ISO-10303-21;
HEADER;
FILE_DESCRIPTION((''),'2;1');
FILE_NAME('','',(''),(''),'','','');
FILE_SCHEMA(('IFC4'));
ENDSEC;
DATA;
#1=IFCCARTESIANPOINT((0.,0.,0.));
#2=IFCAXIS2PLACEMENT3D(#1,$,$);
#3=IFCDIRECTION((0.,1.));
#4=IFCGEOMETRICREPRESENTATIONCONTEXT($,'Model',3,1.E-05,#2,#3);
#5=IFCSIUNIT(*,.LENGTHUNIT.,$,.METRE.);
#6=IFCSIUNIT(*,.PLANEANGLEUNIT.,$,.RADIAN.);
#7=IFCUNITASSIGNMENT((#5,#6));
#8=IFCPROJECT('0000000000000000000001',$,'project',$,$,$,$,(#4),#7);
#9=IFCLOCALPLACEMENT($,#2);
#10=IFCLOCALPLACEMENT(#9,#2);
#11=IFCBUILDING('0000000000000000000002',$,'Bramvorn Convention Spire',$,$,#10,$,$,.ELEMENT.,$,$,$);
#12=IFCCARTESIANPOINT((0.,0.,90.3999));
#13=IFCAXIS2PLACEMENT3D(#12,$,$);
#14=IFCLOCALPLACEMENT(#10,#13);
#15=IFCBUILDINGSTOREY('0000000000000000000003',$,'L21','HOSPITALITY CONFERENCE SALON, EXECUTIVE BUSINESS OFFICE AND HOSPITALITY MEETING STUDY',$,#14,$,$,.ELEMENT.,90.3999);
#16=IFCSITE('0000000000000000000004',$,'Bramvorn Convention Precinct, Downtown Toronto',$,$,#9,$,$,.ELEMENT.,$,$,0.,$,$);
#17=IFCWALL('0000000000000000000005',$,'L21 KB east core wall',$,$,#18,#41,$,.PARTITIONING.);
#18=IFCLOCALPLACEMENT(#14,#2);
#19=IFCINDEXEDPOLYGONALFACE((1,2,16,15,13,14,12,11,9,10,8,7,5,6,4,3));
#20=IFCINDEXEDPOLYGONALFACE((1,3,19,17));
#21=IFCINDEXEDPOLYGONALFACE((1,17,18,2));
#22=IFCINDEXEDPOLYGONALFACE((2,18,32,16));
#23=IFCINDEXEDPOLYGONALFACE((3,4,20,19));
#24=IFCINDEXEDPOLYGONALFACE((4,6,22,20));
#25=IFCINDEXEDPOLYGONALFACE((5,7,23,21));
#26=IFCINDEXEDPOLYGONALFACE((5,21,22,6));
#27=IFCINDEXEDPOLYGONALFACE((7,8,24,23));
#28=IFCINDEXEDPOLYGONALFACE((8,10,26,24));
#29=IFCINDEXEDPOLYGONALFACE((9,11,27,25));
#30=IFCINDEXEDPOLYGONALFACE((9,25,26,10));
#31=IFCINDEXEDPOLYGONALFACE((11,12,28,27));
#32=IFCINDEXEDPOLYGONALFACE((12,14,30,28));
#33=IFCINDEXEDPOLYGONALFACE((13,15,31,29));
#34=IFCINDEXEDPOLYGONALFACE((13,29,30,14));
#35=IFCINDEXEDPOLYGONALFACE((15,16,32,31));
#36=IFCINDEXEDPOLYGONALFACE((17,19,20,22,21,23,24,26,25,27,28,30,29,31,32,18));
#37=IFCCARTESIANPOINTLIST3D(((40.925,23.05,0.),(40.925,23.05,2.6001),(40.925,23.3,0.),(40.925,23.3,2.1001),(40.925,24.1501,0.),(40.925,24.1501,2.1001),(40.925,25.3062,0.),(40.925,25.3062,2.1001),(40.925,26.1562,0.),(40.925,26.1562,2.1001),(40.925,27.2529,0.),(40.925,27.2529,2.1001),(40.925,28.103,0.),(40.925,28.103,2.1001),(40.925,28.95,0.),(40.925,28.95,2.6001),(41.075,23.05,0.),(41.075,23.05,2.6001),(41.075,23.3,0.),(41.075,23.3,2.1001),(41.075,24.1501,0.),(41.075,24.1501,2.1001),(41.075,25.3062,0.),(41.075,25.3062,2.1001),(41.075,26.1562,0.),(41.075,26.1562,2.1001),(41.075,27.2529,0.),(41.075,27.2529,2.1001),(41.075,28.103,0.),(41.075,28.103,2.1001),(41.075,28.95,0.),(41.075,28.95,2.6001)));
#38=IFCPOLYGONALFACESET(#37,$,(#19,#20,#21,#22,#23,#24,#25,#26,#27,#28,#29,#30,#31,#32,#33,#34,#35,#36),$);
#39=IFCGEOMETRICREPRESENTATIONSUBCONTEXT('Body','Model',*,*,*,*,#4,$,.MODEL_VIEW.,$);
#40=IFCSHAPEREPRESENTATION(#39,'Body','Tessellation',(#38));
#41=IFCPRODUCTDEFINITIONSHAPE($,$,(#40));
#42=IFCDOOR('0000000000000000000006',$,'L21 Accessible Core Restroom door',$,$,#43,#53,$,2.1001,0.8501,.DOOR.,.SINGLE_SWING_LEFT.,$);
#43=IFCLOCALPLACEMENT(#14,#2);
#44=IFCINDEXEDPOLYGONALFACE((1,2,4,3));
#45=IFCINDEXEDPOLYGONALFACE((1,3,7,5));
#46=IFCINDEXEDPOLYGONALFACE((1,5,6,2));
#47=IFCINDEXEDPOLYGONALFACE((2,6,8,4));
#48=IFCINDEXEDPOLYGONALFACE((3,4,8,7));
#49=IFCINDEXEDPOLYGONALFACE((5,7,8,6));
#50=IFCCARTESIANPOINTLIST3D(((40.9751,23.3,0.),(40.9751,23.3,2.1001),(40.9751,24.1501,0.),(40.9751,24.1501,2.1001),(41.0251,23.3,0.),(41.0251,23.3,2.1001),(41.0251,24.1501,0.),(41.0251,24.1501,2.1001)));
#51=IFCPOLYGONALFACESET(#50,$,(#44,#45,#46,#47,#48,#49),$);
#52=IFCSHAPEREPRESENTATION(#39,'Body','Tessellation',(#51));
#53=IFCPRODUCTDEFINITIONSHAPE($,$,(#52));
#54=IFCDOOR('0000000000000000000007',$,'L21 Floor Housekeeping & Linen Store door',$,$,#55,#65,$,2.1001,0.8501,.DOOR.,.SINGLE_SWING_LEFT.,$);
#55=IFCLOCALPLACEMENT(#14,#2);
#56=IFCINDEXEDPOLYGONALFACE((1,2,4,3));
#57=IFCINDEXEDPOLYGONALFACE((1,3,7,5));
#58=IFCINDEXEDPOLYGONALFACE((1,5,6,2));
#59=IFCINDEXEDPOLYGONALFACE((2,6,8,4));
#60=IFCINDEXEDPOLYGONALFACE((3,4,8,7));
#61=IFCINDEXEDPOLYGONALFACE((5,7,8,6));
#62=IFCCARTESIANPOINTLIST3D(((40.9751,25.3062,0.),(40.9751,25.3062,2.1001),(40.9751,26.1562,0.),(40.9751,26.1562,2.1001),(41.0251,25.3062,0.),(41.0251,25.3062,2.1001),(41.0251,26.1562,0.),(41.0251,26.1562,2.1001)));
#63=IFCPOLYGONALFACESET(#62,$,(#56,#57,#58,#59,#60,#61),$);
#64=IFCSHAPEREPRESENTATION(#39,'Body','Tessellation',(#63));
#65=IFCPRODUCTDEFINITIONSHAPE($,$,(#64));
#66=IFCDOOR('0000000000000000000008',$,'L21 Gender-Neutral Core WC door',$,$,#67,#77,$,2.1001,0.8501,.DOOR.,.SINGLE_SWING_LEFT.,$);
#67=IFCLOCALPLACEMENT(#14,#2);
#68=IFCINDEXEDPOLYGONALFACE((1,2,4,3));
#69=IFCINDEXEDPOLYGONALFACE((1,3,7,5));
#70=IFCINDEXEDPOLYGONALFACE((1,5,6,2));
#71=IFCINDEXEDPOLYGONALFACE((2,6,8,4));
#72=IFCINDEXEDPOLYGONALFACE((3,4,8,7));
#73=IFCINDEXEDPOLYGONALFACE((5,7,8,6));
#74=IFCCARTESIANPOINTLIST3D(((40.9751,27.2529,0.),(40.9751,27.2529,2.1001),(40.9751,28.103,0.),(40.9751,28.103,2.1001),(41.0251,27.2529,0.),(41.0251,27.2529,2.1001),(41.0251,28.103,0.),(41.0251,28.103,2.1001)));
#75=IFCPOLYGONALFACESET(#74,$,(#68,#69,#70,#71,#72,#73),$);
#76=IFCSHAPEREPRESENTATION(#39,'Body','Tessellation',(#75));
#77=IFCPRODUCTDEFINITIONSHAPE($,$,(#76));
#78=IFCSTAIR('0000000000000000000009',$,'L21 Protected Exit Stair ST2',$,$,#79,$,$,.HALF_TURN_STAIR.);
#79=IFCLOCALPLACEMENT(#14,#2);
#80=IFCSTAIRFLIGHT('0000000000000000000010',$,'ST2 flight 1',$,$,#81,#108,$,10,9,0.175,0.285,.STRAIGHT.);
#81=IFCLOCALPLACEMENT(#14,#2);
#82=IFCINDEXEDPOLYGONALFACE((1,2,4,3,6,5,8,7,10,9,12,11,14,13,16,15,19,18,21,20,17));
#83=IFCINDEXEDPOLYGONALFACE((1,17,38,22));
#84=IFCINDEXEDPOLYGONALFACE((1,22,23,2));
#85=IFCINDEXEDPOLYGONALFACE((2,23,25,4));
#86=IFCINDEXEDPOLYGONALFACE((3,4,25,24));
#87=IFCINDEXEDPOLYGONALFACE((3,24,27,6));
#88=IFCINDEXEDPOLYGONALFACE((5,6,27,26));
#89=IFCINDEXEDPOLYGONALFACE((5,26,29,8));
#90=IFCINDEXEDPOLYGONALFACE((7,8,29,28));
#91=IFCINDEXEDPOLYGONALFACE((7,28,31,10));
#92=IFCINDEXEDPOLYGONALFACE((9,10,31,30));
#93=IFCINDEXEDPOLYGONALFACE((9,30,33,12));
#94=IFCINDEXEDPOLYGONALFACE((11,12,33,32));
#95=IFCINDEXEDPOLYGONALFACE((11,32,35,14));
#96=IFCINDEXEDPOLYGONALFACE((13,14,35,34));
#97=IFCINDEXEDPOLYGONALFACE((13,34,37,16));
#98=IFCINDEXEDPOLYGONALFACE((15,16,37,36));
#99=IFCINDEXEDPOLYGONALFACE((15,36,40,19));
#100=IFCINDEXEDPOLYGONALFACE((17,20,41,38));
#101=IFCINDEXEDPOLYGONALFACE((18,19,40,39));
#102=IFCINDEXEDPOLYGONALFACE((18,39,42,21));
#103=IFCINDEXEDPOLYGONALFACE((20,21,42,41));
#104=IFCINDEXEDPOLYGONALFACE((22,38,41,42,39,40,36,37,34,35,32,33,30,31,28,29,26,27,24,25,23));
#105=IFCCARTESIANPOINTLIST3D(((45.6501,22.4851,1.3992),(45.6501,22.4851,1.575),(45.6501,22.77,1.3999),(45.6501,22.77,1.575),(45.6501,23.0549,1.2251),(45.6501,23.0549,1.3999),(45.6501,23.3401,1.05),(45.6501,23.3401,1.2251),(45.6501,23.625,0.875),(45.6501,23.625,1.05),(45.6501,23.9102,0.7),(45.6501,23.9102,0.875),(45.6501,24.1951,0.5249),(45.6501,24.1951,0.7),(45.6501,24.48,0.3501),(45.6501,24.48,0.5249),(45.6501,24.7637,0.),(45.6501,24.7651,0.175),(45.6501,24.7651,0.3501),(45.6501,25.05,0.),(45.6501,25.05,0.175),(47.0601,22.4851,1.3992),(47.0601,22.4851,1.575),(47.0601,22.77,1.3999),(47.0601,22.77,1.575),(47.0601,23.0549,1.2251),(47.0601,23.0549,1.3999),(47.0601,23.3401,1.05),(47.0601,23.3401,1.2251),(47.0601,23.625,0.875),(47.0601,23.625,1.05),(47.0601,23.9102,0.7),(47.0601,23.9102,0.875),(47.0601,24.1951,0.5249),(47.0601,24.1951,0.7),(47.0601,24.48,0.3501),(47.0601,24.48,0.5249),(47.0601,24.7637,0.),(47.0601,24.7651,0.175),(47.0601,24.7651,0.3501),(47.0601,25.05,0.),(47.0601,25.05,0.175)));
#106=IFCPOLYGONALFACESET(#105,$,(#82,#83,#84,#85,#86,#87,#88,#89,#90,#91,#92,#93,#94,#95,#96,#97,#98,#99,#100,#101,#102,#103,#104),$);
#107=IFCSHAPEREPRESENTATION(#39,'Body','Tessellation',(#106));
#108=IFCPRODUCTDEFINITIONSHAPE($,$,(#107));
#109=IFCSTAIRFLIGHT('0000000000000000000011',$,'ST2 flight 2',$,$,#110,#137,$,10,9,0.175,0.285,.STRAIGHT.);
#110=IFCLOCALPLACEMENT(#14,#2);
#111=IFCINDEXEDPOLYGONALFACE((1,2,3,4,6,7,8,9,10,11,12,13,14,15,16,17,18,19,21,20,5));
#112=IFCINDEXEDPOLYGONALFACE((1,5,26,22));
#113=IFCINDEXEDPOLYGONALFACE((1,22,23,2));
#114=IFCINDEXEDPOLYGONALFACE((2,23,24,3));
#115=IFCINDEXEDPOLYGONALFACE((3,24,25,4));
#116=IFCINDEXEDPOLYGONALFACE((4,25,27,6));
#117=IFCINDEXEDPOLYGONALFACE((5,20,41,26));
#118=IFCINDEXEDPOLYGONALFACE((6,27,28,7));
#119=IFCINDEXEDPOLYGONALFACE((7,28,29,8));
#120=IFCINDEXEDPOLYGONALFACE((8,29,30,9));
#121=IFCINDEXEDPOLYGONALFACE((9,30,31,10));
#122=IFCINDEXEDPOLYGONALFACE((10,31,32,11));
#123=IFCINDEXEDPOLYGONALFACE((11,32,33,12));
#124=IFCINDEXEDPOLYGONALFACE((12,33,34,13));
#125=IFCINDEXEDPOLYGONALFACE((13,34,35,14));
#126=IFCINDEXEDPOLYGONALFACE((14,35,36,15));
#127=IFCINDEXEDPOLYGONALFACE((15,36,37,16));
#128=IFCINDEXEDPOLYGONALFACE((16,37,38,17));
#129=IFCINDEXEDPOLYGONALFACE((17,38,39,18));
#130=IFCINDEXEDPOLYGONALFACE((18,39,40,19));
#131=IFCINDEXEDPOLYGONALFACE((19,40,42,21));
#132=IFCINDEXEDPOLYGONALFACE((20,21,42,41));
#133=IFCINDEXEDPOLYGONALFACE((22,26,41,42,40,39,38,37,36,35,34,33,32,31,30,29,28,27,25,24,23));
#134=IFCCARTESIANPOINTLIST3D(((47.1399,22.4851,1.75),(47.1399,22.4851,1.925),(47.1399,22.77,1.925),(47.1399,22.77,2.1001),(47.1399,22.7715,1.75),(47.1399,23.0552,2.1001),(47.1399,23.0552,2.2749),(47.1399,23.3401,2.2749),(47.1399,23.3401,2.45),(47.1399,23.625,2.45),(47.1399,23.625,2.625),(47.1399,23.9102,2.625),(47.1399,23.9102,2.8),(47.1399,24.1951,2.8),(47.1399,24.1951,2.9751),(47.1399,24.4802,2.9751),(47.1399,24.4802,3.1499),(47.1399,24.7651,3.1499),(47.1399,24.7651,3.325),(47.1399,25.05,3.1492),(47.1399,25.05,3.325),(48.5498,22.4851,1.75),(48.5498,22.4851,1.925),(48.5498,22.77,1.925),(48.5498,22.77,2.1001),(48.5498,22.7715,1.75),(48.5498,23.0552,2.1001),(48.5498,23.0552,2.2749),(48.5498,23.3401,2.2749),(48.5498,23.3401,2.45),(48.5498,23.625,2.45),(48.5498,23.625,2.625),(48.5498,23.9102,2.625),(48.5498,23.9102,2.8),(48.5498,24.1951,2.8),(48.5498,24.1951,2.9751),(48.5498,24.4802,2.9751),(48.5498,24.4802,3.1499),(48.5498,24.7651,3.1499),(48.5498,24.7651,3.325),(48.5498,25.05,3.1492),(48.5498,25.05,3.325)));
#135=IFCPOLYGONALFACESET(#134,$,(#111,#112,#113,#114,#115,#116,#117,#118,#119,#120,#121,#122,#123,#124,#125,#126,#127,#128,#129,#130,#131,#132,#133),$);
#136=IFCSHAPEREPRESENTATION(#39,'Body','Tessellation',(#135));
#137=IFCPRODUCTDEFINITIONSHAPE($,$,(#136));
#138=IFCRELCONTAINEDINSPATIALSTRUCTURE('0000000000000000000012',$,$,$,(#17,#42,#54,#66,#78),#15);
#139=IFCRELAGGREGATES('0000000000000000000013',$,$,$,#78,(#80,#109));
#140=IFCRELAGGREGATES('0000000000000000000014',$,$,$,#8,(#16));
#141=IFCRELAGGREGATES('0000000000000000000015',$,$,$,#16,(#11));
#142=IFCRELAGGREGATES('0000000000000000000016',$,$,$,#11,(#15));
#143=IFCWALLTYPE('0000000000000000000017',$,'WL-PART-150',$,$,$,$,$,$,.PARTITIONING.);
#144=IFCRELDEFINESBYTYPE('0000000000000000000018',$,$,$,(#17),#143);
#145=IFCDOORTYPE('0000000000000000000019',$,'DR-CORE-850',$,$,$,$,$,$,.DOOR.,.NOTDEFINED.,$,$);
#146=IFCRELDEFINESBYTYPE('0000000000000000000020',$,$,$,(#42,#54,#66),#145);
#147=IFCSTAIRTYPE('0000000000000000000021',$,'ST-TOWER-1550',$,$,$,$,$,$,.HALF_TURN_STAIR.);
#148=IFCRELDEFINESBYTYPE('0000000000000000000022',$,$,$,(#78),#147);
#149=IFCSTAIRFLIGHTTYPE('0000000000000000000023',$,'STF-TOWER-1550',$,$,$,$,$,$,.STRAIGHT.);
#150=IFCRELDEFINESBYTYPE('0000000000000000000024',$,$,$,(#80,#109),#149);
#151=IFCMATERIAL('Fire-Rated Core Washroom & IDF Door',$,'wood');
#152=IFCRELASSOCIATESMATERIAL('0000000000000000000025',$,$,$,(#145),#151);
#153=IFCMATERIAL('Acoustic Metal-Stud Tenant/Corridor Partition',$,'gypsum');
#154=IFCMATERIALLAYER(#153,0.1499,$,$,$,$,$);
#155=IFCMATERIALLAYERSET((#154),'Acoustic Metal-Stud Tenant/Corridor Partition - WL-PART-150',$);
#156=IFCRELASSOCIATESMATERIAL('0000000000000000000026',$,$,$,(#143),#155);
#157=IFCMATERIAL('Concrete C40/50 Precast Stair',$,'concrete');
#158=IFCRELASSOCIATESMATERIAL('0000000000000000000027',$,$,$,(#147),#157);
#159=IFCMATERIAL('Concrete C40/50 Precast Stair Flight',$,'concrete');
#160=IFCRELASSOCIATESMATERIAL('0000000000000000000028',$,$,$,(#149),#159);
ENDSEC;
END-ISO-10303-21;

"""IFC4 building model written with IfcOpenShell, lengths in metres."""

from ifc_helpers import new_model, si_unit, direction, frame, frame_2d, origin, place, context, subcontext, project, spatial, polyline, rectangle, outline, extrude, material, layer, layer_set, type_object, element, fill, aggregate, save


model = new_model("IFC4")

# Units and contexts
model_context = context("Model", 3, precision=1e-05, world=origin(), true_north=direction((0.0, 1.0)))
body_context = subcontext(model_context, "Body", "Model", "MODEL_VIEW")
ifc_project = project(units=[si_unit("LENGTHUNIT", "METRE"), si_unit("PLANEANGLEUNIT", "RADIAN")], contexts=[model_context])

# Site, building, storey
site_placement = place(None, origin())
site = spatial("IfcSite", under=ifc_project, at=site_placement, Name="Bramvorn Convention Precinct, Downtown Toronto", CompositionType="ELEMENT", RefElevation=0.0)
building_placement = place(site_placement, origin())
building = spatial("IfcBuilding", under=site, at=building_placement, Name="Bramvorn Convention Spire", CompositionType="ELEMENT")
storey_placement = place(building_placement, frame((0.0, 0.0, 90.3999)))
storey = spatial("IfcBuildingStorey", under=building, at=storey_placement, Name="L21", Description="HOSPITALITY CONFERENCE SALON, EXECUTIVE BUSINESS OFFICE AND HOSPITALITY MEETING STUDY", CompositionType="ELEMENT", Elevation=90.3999)

# Shared definitions
ifc_material_1 = material(Name="Fire-Rated Core Washroom & IDF Door", Category="wood")
door_type_1 = type_object("IfcDoorType", Name="DR-CORE-850", OperationType="NOTDEFINED", PredefinedType="DOOR", material=ifc_material_1)

# Shared definitions
ifc_material_2 = material(Name="Acoustic Metal-Stud Tenant/Corridor Partition", Category="gypsum")
ifc_layer_1 = layer(ifc_material_2, 0.1499)
ifc_layer_set_1 = layer_set([ifc_layer_1], Name="Acoustic Metal-Stud Tenant/Corridor Partition - WL-PART-150")
wall_type_1 = type_object("IfcWallType", Name="WL-PART-150", PredefinedType="PARTITIONING", material=ifc_layer_set_1)

# Wall, openings, doors
wall_1_placement = place(storey_placement, frame((41.0, 23.05, 0.0), z_axis=(0.0, 0.0, 1.0), x_axis=(0.0, 1.0, 0.0)))
wall_1 = element("IfcWall", 1, at=wall_1_placement, inside=storey, type_object=wall_type_1, Name="L21 KB east core wall", PredefinedType="PARTITIONING", context=body_context, shape_type="SweptSolid", body=[
    extrude(rectangle(XDim=5.8999, YDim=0.1499, at=frame_2d((2.95, 0.0))), origin(), (0.0, 0.0, 1.0), 2.6001),
])
opening_1_placement = place(wall_1_placement, frame((0.25, 0.0, 0.0)))
opening_1 = element("IfcOpeningElement", 2, at=opening_1_placement, cuts=wall_1, PredefinedType="OPENING", context=body_context, shape_type="SweptSolid", body=[
    extrude(rectangle(XDim=0.8501, YDim=2.1001, at=frame_2d((0.425, 1.05))), frame((0.0, 0.085, 0.0), z_axis=(0.0, -1.0, 0.0), x_axis=(1.0, 0.0, 0.0)), (0.0, 0.0, 1.0), 0.1699),
])
opening_2_placement = place(wall_1_placement, frame((2.2561, 0.0, 0.0)))
opening_2 = element("IfcOpeningElement", 3, at=opening_2_placement, cuts=wall_1, PredefinedType="OPENING", context=body_context, shape_type="SweptSolid", body=[
    extrude(rectangle(XDim=0.8501, YDim=2.1001, at=frame_2d((0.425, 1.05))), frame((0.0, 0.085, 0.0), z_axis=(0.0, -1.0, 0.0), x_axis=(1.0, 0.0, 0.0)), (0.0, 0.0, 1.0), 0.1699),
])
opening_3_placement = place(wall_1_placement, frame((4.2029, 0.0, 0.0)))
opening_3 = element("IfcOpeningElement", 4, at=opening_3_placement, cuts=wall_1, PredefinedType="OPENING", context=body_context, shape_type="SweptSolid", body=[
    extrude(rectangle(XDim=0.8501, YDim=2.1001, at=frame_2d((0.425, 1.05))), frame((0.0, 0.085, 0.0), z_axis=(0.0, -1.0, 0.0), x_axis=(1.0, 0.0, 0.0)), (0.0, 0.0, 1.0), 0.1699),
])
door_1_placement = place(opening_1_placement, origin())
door_1 = element("IfcDoor", 5, at=door_1_placement, inside=storey, type_object=door_type_1, Name="L21 Accessible Core Restroom door", OperationType="SINGLE_SWING_LEFT", OverallHeight=2.1001, OverallWidth=0.8501, PredefinedType="DOOR", context=body_context, shape_type="SweptSolid", body=[
    extrude(rectangle(XDim=0.8501, YDim=2.1001, at=frame_2d((0.425, 1.05))), frame((0.0, 0.0249, 0.0), z_axis=(0.0, -1.0, 0.0), x_axis=(1.0, 0.0, 0.0)), (0.0, 0.0, 1.0), 0.05),
])
fill(opening_1, door_1)
door_2_placement = place(opening_2_placement, origin())
door_2 = element("IfcDoor", 6, at=door_2_placement, inside=storey, type_object=door_type_1, Name="L21 Floor Housekeeping & Linen Store door", OperationType="SINGLE_SWING_LEFT", OverallHeight=2.1001, OverallWidth=0.8501, PredefinedType="DOOR", context=body_context, shape_type="SweptSolid", body=[
    extrude(rectangle(XDim=0.8501, YDim=2.1001, at=frame_2d((0.425, 1.05))), frame((0.0, 0.0249, 0.0), z_axis=(0.0, -1.0, 0.0), x_axis=(1.0, 0.0, 0.0)), (0.0, 0.0, 1.0), 0.05),
])
fill(opening_2, door_2)
door_3_placement = place(opening_3_placement, origin())
door_3 = element("IfcDoor", 7, at=door_3_placement, inside=storey, type_object=door_type_1, Name="L21 Gender-Neutral Core WC door", OperationType="SINGLE_SWING_LEFT", OverallHeight=2.1001, OverallWidth=0.8501, PredefinedType="DOOR", context=body_context, shape_type="SweptSolid", body=[
    extrude(rectangle(XDim=0.8501, YDim=2.1001, at=frame_2d((0.425, 1.05))), frame((0.0, 0.0249, 0.0), z_axis=(0.0, -1.0, 0.0), x_axis=(1.0, 0.0, 0.0)), (0.0, 0.0, 1.0), 0.05),
])
fill(opening_3, door_3)

# Stair, stair flights
ifc_material_3 = material(Name="Concrete C40/50 Precast Stair", Category="concrete")
stair_type = type_object("IfcStairType", Name="ST-TOWER-1550", PredefinedType="HALF_TURN_STAIR", material=ifc_material_3)
stair_placement = place(storey_placement, origin())
stair = element("IfcStair", 8, at=stair_placement, inside=storey, type_object=stair_type, Name="L21 Protected Exit Stair ST2", PredefinedType="HALF_TURN_STAIR")
ifc_material_4 = material(Name="Concrete C40/50 Precast Stair Flight", Category="concrete")
stair_flight_type = type_object("IfcStairFlightType", Name="STF-TOWER-1550", PredefinedType="STRAIGHT", material=ifc_material_4)
stair_flight_1_placement = place(storey_placement, frame((46.355, 25.05, 0.0), z_axis=(0.0, 0.0, 1.0), x_axis=(0.0, -1.0, 0.0)))
stair_flight_1 = element("IfcStairFlight", 9, at=stair_flight_1_placement, type_object=stair_flight_type, Name="ST2 flight 1", NumberOfRisers=10, NumberOfTreads=9, PredefinedType="STRAIGHT", RiserHeight=0.175, TreadLength=0.285, context=body_context, shape_type="SweptSolid", body=[
    extrude(outline(polyline([(0.0, 0.0), (0.0, 0.175), (0.2849, 0.175), (0.2849, 0.3501), (0.5701, 0.3501), (0.5701, 0.5249), (0.855, 0.5249), (0.855, 0.7), (1.1399, 0.7), (1.1399, 0.875), (1.425, 0.875), (1.425, 1.05), (1.71, 1.05), (1.71, 1.2251), (1.9951, 1.2251), (1.9951, 1.3999), (2.28, 1.3999), (2.28, 1.575), (2.5649, 1.575), (2.5649, 1.75), (2.5649, 1.3992), (0.2864, 0.0), (0.0, 0.0)])), frame((0.0, 0.7051, 0.0), z_axis=(0.0, -1.0, 0.0), x_axis=(1.0, 0.0, 0.0)), (0.0, 0.0, 1.0), 1.4099),
])
stair_flight_2_placement = place(storey_placement, frame((47.845, 22.4851, 1.75), z_axis=(0.0, 0.0, 1.0), x_axis=(0.0, 1.0, 0.0)))
stair_flight_2 = element("IfcStairFlight", 10, at=stair_flight_2_placement, type_object=stair_flight_type, Name="ST2 flight 2", NumberOfRisers=10, NumberOfTreads=9, PredefinedType="STRAIGHT", RiserHeight=0.175, TreadLength=0.285, context=body_context, shape_type="SweptSolid", body=[
    extrude(outline(polyline([(0.0, 0.0), (0.0, 0.175), (0.2849, 0.175), (0.2849, 0.3501), (0.5701, 0.3501), (0.5701, 0.5249), (0.855, 0.5249), (0.855, 0.7), (1.1399, 0.7), (1.1399, 0.875), (1.425, 0.875), (1.425, 1.05), (1.71, 1.05), (1.71, 1.2251), (1.9951, 1.2251), (1.9951, 1.3999), (2.28, 1.3999), (2.28, 1.575), (2.5649, 1.575), (2.5649, 1.75), (2.5649, 1.3992), (0.2864, 0.0), (0.0, 0.0)])), frame((0.0, 0.7051, 0.0), z_axis=(0.0, -1.0, 0.0), x_axis=(1.0, 0.0, 0.0)), (0.0, 0.0, 1.0), 1.4099),
])
aggregate(stair, [stair_flight_1, stair_flight_2])

save(model, "model.ifc")
